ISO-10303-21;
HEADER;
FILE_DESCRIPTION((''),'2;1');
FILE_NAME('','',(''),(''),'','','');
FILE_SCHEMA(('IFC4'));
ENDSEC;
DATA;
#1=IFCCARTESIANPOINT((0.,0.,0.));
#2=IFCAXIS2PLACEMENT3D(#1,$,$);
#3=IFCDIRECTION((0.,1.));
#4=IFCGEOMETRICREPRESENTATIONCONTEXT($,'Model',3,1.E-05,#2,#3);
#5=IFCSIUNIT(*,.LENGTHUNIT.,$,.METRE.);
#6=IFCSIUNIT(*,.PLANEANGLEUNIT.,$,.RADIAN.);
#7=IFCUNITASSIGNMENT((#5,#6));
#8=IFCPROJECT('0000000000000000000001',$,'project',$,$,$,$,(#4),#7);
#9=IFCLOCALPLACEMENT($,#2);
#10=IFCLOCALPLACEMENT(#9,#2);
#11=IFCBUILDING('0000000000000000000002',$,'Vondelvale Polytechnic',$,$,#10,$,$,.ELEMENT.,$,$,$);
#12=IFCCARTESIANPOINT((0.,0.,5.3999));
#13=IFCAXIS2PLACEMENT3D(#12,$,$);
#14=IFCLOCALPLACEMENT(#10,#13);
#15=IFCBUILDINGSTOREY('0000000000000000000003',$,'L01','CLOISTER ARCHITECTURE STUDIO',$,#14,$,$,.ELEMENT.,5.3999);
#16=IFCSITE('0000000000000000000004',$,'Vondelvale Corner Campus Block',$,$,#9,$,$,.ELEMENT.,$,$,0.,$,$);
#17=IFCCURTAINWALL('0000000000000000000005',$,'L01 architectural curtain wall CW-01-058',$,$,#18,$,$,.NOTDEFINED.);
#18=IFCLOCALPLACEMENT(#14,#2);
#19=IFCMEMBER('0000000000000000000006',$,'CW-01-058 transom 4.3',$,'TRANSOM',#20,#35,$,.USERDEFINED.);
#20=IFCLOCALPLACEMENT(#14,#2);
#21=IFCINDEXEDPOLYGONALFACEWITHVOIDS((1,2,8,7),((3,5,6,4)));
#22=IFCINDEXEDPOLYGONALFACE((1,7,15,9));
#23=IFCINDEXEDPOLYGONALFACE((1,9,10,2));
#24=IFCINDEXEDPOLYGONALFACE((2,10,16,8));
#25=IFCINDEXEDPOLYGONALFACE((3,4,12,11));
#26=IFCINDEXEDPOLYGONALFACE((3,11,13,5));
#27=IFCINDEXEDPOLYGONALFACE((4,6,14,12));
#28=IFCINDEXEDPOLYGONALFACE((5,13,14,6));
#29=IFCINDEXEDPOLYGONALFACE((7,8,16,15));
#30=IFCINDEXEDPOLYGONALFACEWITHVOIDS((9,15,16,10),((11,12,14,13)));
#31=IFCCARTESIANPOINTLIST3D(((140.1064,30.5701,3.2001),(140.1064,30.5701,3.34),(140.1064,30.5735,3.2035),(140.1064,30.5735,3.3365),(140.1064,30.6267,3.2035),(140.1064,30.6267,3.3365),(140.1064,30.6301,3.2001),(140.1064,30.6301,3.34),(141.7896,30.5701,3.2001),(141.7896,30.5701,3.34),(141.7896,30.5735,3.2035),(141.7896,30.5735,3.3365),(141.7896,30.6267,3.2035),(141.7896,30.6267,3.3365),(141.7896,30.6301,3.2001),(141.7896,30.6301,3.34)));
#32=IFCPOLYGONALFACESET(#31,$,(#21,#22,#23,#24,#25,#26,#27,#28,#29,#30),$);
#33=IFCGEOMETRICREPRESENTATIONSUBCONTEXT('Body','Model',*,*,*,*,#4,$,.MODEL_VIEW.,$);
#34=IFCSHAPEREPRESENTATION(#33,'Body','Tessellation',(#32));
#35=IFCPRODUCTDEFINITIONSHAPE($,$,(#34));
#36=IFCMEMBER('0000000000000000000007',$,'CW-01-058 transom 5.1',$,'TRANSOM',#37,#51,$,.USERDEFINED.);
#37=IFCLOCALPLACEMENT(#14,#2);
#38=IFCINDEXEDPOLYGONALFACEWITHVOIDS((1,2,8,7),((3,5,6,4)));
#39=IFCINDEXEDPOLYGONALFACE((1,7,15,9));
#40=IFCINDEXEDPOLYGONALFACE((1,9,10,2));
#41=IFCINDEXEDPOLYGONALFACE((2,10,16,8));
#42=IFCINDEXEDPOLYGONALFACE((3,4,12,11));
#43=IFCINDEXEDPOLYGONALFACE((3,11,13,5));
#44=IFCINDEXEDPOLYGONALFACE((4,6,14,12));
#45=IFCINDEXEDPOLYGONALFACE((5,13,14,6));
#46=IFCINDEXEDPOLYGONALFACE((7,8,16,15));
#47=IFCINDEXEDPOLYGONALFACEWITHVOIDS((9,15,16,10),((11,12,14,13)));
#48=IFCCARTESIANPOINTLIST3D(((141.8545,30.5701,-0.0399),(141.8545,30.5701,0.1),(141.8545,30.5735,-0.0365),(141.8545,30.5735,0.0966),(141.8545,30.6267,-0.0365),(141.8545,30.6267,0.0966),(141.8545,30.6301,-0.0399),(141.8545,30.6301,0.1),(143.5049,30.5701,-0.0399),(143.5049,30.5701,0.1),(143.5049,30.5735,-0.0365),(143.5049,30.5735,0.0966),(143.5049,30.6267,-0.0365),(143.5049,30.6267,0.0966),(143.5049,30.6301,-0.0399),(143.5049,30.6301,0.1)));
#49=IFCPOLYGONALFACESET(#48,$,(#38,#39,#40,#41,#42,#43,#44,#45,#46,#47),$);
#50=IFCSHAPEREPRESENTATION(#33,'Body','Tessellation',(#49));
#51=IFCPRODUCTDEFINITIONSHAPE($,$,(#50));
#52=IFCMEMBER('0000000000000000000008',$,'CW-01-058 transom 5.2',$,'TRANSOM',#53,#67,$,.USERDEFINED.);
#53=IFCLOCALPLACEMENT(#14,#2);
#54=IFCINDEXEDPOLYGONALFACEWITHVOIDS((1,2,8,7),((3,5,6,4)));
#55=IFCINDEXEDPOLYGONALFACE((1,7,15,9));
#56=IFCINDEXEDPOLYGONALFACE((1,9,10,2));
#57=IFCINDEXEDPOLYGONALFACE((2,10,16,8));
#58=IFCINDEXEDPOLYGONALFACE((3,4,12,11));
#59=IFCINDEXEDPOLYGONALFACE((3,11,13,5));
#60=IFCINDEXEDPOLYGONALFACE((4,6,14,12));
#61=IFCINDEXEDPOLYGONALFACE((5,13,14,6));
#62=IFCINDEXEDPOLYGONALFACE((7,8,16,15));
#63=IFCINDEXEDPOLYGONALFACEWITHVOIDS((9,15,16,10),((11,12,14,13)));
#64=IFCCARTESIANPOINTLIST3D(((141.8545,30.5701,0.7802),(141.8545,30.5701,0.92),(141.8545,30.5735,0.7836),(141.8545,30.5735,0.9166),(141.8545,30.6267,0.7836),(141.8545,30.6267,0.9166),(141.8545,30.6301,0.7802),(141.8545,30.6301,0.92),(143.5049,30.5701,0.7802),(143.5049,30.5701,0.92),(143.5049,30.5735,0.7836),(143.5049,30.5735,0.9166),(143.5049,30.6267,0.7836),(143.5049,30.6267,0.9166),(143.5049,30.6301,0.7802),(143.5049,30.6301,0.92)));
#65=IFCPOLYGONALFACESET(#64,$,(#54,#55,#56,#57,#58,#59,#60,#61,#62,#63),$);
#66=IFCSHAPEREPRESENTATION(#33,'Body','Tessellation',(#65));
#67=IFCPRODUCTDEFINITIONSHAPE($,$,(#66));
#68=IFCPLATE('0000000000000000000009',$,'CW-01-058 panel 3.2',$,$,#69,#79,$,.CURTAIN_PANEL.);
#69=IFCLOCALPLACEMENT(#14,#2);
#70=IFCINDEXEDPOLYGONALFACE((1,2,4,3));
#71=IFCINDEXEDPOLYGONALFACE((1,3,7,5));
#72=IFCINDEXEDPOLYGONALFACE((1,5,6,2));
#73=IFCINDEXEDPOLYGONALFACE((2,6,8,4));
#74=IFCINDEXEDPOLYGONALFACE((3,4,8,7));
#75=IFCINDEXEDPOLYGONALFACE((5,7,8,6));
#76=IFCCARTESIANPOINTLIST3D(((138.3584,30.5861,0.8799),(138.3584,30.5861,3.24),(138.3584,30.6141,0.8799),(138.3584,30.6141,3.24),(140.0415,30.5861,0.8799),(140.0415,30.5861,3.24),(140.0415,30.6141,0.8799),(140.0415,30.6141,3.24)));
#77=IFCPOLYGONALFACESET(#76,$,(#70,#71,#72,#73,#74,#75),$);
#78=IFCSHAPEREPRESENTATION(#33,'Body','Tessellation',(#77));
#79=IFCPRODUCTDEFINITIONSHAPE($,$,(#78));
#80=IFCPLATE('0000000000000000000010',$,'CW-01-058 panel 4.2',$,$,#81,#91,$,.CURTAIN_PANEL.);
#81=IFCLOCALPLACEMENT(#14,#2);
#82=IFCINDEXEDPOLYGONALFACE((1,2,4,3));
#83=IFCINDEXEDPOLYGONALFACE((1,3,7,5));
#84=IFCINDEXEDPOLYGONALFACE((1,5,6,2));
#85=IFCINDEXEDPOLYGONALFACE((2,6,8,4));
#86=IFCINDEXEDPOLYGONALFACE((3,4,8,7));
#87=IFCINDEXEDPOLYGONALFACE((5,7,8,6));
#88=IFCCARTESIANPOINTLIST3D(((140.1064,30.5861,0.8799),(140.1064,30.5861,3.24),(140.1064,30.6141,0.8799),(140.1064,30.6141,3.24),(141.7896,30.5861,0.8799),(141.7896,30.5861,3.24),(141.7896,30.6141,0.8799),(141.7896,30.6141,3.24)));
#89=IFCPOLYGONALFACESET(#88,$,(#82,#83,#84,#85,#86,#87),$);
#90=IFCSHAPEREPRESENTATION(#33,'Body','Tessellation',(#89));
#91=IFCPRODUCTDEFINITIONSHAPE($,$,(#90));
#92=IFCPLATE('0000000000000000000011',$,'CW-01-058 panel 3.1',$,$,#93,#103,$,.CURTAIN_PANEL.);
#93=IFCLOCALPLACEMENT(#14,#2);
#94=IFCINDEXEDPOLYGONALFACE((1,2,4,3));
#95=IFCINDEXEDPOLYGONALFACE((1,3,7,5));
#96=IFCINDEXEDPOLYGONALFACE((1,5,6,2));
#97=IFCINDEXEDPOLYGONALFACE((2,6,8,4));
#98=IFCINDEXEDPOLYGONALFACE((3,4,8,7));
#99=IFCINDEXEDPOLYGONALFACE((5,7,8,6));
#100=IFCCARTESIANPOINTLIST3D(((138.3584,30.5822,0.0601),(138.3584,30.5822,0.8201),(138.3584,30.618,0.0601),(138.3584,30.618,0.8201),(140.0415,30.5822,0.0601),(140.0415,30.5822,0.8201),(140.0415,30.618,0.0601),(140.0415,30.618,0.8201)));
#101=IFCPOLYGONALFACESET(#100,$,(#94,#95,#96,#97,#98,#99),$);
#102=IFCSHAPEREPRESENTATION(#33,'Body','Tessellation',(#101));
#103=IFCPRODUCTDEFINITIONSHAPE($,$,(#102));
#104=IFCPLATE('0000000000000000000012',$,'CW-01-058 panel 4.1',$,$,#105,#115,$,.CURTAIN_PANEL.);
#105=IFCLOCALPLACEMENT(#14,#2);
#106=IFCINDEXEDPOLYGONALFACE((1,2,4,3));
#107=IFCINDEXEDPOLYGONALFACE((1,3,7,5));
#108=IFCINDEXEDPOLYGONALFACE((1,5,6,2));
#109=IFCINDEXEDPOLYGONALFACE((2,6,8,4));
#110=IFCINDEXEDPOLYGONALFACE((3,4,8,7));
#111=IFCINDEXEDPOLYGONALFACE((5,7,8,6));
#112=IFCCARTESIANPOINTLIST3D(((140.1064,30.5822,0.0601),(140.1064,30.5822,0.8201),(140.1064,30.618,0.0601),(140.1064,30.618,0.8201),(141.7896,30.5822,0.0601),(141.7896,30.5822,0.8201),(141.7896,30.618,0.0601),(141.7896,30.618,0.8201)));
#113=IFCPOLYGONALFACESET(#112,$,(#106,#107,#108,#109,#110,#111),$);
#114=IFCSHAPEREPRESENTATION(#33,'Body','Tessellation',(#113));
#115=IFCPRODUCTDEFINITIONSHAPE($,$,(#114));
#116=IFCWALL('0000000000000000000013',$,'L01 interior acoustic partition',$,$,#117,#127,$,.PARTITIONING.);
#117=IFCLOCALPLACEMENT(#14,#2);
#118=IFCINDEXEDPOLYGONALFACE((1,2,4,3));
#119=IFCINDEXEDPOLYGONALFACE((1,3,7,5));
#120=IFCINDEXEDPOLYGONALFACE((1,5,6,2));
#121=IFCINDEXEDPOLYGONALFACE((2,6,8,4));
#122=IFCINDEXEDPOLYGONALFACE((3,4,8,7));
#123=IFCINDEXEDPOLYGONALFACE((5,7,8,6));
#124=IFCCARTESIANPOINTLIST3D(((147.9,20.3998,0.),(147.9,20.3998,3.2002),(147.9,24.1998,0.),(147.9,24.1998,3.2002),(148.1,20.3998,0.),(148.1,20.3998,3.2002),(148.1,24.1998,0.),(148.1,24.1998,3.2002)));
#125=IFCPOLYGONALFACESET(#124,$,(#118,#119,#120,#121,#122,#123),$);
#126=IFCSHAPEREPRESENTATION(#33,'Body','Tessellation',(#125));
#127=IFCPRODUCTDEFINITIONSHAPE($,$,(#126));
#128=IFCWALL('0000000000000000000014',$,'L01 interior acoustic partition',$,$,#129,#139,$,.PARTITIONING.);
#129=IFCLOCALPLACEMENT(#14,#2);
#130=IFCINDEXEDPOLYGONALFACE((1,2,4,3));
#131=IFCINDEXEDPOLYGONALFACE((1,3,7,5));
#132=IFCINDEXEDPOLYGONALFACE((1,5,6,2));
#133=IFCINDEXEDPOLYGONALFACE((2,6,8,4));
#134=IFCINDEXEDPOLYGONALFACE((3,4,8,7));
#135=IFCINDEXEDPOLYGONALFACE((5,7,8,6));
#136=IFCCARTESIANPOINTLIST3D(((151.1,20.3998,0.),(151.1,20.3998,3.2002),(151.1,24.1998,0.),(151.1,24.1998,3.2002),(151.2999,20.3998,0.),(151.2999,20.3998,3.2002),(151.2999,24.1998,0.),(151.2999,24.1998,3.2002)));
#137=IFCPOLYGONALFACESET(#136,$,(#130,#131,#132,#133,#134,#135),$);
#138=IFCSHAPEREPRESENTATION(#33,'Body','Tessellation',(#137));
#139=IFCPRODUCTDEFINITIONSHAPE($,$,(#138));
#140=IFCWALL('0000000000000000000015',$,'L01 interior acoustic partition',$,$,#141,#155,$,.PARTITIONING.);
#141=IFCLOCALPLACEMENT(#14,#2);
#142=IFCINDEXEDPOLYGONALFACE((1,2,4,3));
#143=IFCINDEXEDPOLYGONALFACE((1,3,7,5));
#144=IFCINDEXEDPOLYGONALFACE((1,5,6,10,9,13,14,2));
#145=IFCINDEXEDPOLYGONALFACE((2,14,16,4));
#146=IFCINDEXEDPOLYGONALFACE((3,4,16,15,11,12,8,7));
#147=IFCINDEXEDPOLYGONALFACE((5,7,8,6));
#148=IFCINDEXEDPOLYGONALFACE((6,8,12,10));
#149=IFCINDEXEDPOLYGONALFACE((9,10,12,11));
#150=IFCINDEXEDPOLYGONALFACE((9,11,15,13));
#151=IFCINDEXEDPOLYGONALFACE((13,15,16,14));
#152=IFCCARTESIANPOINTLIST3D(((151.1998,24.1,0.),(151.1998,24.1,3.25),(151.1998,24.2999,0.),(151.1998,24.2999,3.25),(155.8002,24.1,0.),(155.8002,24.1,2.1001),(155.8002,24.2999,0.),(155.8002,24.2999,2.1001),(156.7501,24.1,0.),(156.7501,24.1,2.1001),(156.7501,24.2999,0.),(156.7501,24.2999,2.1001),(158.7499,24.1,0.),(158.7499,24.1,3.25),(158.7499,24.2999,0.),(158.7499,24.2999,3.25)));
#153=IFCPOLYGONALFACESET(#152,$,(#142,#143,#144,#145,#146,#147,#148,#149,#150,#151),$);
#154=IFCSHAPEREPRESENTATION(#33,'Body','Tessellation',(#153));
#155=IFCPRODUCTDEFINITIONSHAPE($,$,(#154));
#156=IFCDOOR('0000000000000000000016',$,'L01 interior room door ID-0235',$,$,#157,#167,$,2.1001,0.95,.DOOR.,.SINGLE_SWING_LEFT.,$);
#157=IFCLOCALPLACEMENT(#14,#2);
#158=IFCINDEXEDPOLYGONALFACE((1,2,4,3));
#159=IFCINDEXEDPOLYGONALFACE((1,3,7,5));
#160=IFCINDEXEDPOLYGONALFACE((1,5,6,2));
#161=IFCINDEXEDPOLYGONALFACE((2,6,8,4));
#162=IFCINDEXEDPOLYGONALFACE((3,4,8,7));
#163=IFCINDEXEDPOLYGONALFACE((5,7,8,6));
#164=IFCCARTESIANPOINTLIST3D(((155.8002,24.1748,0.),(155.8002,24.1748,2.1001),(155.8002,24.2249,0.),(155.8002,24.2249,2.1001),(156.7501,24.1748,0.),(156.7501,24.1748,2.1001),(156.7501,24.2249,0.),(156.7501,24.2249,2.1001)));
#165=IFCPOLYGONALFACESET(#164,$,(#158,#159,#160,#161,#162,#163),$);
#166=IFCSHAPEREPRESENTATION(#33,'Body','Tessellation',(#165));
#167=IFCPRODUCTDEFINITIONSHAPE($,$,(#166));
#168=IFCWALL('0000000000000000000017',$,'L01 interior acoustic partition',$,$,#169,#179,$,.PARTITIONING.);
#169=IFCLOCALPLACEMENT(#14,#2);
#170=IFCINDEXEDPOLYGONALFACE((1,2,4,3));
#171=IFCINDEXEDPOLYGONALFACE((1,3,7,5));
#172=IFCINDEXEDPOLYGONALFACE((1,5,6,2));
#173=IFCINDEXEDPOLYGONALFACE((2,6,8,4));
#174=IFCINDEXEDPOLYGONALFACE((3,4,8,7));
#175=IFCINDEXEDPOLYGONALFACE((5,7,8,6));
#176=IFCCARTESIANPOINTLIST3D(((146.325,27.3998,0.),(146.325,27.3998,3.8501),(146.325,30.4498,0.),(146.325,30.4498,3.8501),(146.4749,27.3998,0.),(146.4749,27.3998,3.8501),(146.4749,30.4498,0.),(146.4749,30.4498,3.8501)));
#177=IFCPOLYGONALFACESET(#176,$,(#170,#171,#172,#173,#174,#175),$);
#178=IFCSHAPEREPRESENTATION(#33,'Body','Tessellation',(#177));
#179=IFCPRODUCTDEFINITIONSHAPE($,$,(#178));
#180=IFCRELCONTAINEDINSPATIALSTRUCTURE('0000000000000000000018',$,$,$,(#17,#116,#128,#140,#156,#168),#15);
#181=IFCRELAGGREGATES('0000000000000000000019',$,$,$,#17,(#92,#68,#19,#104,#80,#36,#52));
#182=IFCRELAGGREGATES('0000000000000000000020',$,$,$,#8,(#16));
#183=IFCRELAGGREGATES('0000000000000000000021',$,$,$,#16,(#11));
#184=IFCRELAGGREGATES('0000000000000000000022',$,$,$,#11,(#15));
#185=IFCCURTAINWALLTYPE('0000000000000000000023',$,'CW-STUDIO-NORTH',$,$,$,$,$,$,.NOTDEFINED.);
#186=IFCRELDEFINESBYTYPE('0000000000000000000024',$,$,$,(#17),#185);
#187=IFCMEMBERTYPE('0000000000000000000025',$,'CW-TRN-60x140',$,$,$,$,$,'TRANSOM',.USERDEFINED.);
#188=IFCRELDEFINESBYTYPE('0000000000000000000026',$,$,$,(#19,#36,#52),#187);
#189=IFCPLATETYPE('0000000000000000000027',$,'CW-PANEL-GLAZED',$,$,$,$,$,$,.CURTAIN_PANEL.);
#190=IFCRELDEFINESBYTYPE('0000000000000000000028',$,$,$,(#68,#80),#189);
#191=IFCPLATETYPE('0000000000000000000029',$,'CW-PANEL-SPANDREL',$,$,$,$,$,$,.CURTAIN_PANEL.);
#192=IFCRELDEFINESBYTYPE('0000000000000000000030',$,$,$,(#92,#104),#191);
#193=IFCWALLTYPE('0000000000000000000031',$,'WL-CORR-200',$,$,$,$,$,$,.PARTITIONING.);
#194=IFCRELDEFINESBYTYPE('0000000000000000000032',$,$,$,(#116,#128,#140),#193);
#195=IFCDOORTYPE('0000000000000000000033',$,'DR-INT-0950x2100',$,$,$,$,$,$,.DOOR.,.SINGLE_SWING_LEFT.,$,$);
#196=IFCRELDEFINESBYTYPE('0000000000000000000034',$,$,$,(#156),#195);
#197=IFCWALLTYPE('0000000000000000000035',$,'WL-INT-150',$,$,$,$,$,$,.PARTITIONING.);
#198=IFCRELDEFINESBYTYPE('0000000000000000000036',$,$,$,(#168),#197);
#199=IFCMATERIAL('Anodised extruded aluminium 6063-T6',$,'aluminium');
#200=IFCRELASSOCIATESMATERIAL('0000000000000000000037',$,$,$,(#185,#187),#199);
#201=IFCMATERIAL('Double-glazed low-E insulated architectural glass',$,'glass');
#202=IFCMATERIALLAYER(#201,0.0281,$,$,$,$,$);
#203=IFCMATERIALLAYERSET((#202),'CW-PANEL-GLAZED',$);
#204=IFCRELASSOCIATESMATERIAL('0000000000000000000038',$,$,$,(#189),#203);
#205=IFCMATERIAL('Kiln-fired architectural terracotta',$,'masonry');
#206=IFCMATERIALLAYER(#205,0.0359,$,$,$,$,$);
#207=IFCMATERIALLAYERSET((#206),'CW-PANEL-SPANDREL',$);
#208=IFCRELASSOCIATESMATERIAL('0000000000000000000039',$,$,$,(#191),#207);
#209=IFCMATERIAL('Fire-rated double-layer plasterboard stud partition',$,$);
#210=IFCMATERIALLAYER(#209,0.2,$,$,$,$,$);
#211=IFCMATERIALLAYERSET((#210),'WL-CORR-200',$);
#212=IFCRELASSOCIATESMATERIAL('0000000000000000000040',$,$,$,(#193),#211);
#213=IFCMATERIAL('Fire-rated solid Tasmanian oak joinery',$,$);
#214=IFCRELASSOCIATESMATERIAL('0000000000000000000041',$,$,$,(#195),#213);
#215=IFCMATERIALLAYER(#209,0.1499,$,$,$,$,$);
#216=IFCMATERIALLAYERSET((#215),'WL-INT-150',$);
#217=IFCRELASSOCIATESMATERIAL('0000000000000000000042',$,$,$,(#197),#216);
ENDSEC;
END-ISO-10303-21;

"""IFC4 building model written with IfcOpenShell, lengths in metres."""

from ifc_helpers import new_model, si_unit, direction, frame, frame_2d, origin, origin_2d, place, context, subcontext, project, spatial, rectangle, hollow_rectangle, extrude, material, layer, layer_set, material_profile, profile_set, type_object, element, fill, aggregate, save


model = new_model("IFC4")

# Units and contexts
model_context = context("Model", 3, precision=1e-05, world=origin(), true_north=direction((0.0, 1.0)))
body_context = subcontext(model_context, "Body", "Model", "MODEL_VIEW")
ifc_project = project(units=[si_unit("LENGTHUNIT", "METRE"), si_unit("PLANEANGLEUNIT", "RADIAN")], contexts=[model_context])

# Site, building, storey
site_placement = place(None, origin())
site = spatial("IfcSite", under=ifc_project, at=site_placement, Name="Vondelvale Corner Campus Block", CompositionType="ELEMENT", RefElevation=0.0)
building_placement = place(site_placement, origin())
building = spatial("IfcBuilding", under=site, at=building_placement, Name="Vondelvale Polytechnic", CompositionType="ELEMENT")
storey_placement = place(building_placement, frame((0.0, 0.0, 5.3999)))
storey = spatial("IfcBuildingStorey", under=building, at=storey_placement, Name="L01", Description="CLOISTER ARCHITECTURE STUDIO", CompositionType="ELEMENT", Elevation=5.3999)

# Curtain wall, members, plates
ifc_material_1 = material(Name="Anodised extruded aluminium 6063-T6", Category="aluminium")
curtain_wall_type = type_object("IfcCurtainWallType", Name="CW-STUDIO-NORTH", PredefinedType="NOTDEFINED", material=ifc_material_1)
curtain_wall_placement = place(storey_placement, origin())
curtain_wall = element("IfcCurtainWall", 1, at=curtain_wall_placement, inside=storey, type_object=curtain_wall_type, Name="L01 architectural curtain wall CW-01-058", PredefinedType="NOTDEFINED")
ifc_material_profile_1 = material_profile(ifc_material_1, hollow_rectangle(XDim=0.0601, YDim=0.1399, WallThickness=0.0034, at=origin_2d()), Name="CW-TRN-140x60")
ifc_profile_set_1 = profile_set([ifc_material_profile_1], Name="Anodised extruded aluminium 6063-T6")
member_type_1 = type_object("IfcMemberType", Name="CW-TRN-60x140", ElementType="TRANSOM", PredefinedType="USERDEFINED", material=ifc_profile_set_1)
member_1_placement = place(storey_placement, frame((140.1064, 30.6001, 3.27), z_axis=(1.0, 0.0, 0.0), x_axis=(0.0, 1.0, 0.0)))
member_1 = element("IfcMember", 2, at=member_1_placement, type_object=member_type_1, Name="CW-01-058 transom 4.3", ObjectType="TRANSOM", PredefinedType="USERDEFINED", context=body_context, shape_type="SweptSolid", body=[
    extrude(hollow_rectangle(XDim=0.0601, YDim=0.1399, WallThickness=0.0034, at=origin_2d()), origin(), (0.0, 0.0, 1.0), 1.6831),
])
member_2_placement = place(storey_placement, frame((141.8545, 30.6001, 0.03), z_axis=(1.0, 0.0, 0.0), x_axis=(0.0, 1.0, 0.0)))
member_2 = element("IfcMember", 3, at=member_2_placement, type_object=member_type_1, Name="CW-01-058 transom 5.1", ObjectType="TRANSOM", PredefinedType="USERDEFINED", context=body_context, shape_type="SweptSolid", body=[
    extrude(hollow_rectangle(XDim=0.0601, YDim=0.1399, WallThickness=0.0034, at=origin_2d()), origin(), (0.0, 0.0, 1.0), 1.6504),
])
member_3_placement = place(storey_placement, frame((141.8545, 30.6001, 0.8501), z_axis=(1.0, 0.0, 0.0), x_axis=(0.0, 1.0, 0.0)))
member_3 = element("IfcMember", 4, at=member_3_placement, type_object=member_type_1, Name="CW-01-058 transom 5.2", ObjectType="TRANSOM", PredefinedType="USERDEFINED", context=body_context, shape_type="SweptSolid", body=[
    extrude(hollow_rectangle(XDim=0.0601, YDim=0.1399, WallThickness=0.0034, at=origin_2d()), origin(), (0.0, 0.0, 1.0), 1.6504),
])
ifc_material_2 = material(Name="Double-glazed low-E insulated architectural glass", Category="glass")
ifc_layer_1 = layer(ifc_material_2, 0.0281)
ifc_layer_set_1 = layer_set([ifc_layer_1], Name="CW-PANEL-GLAZED")
plate_type_1 = type_object("IfcPlateType", Name="CW-PANEL-GLAZED", PredefinedType="CURTAIN_PANEL", material=ifc_layer_set_1)
plate_1_placement = place(storey_placement, frame((139.2, 30.6001, 0.8799), z_axis=(0.0, 0.0, 1.0), x_axis=(1.0, 0.0, 0.0)))
plate_1 = element("IfcPlate", 5, at=plate_1_placement, type_object=plate_type_1, Name="CW-01-058 panel 3.2", PredefinedType="CURTAIN_PANEL", context=body_context, shape_type="SweptSolid", body=[
    extrude(rectangle(XDim=1.6831, YDim=0.0281, at=origin_2d()), origin(), (0.0, 0.0, 1.0), 2.3601),
])
plate_2_placement = place(storey_placement, frame((140.948, 30.6001, 0.8799), z_axis=(0.0, 0.0, 1.0), x_axis=(1.0, 0.0, 0.0)))
plate_2 = element("IfcPlate", 6, at=plate_2_placement, type_object=plate_type_1, Name="CW-01-058 panel 4.2", PredefinedType="CURTAIN_PANEL", context=body_context, shape_type="SweptSolid", body=[
    extrude(rectangle(XDim=1.6831, YDim=0.0281, at=origin_2d()), origin(), (0.0, 0.0, 1.0), 2.3601),
])
ifc_material_3 = material(Name="Kiln-fired architectural terracotta", Category="masonry")
ifc_layer_2 = layer(ifc_material_3, 0.0359)
ifc_layer_set_2 = layer_set([ifc_layer_2], Name="CW-PANEL-SPANDREL")
plate_type_2 = type_object("IfcPlateType", Name="CW-PANEL-SPANDREL", PredefinedType="CURTAIN_PANEL", material=ifc_layer_set_2)
plate_3_placement = place(storey_placement, frame((139.2, 30.6001, 0.0601), z_axis=(0.0, 0.0, 1.0), x_axis=(1.0, 0.0, 0.0)))
plate_3 = element("IfcPlate", 7, at=plate_3_placement, type_object=plate_type_2, Name="CW-01-058 panel 3.1", PredefinedType="CURTAIN_PANEL", context=body_context, shape_type="SweptSolid", body=[
    extrude(rectangle(XDim=1.6831, YDim=0.0359, at=origin_2d()), origin(), (0.0, 0.0, 1.0), 0.76),
])
plate_4_placement = place(storey_placement, frame((140.948, 30.6001, 0.0601), z_axis=(0.0, 0.0, 1.0), x_axis=(1.0, 0.0, 0.0)))
plate_4 = element("IfcPlate", 8, at=plate_4_placement, type_object=plate_type_2, Name="CW-01-058 panel 4.1", PredefinedType="CURTAIN_PANEL", context=body_context, shape_type="SweptSolid", body=[
    extrude(rectangle(XDim=1.6831, YDim=0.0359, at=origin_2d()), origin(), (0.0, 0.0, 1.0), 0.76),
])
aggregate(curtain_wall, [plate_3, plate_1, member_1, plate_4, plate_2, member_2, member_3])

# Walls
ifc_material_4 = material(Name="Fire-rated double-layer plasterboard stud partition")
ifc_layer_3 = layer(ifc_material_4, 0.2)
ifc_layer_set_3 = layer_set([ifc_layer_3], Name="WL-CORR-200")
wall_type_1 = type_object("IfcWallType", Name="WL-CORR-200", PredefinedType="PARTITIONING", material=ifc_layer_set_3)
for number, where, z_axis, x_axis, name in (
    (9, (148.0, 20.3999, 0.0), (0.0, 0.0, 1.0), (0.0, 1.0, 0.0), "L01 interior acoustic partition"),
    (10, (151.2, 20.3999, 0.0), (0.0, 0.0, 1.0), (0.0, 1.0, 0.0), "L01 interior acoustic partition"),
):
    element("IfcWall", number, at=place(storey_placement, frame(where, z_axis=z_axis, x_axis=x_axis)), inside=storey, type_object=wall_type_1, Name=name, PredefinedType="PARTITIONING", context=body_context, shape_type="SweptSolid", body=[
        extrude(rectangle(XDim=3.8, YDim=0.2, at=frame_2d((1.8999, 0.0))), origin(), (0.0, 0.0, 1.0), 3.2002),
    ])

# Wall, opening, door
wall_1_placement = place(storey_placement, frame((151.2, 24.2, 0.0), z_axis=(0.0, 0.0, 1.0), x_axis=(1.0, 0.0, 0.0)))
wall_1 = element("IfcWall", 11, at=wall_1_placement, inside=storey, type_object=wall_type_1, Name="L01 interior acoustic partition", PredefinedType="PARTITIONING", context=body_context, shape_type="SweptSolid", body=[
    extrude(rectangle(XDim=7.55, YDim=0.2, at=frame_2d((3.7749, 0.0))), origin(), (0.0, 0.0, 1.0), 3.25),
])
opening_placement = place(wall_1_placement, frame((4.6001, 0.0, 0.0)))
opening = element("IfcOpeningElement", 12, at=opening_placement, cuts=wall_1, PredefinedType="OPENING", context=body_context, shape_type="SweptSolid", body=[
    extrude(rectangle(XDim=0.95, YDim=2.1001, at=frame_2d((0.4751, 1.05))), frame((0.0, 0.1099, 0.0), z_axis=(0.0, -1.0, 0.0), x_axis=(1.0, 0.0, 0.0)), (0.0, 0.0, 1.0), 0.22),
])
ifc_material_5 = material(Name="Fire-rated solid Tasmanian oak joinery")
door_type = type_object("IfcDoorType", Name="DR-INT-0950x2100", OperationType="SINGLE_SWING_LEFT", PredefinedType="DOOR", material=ifc_material_5)
door_placement = place(opening_placement, origin())
door = element("IfcDoor", 13, at=door_placement, inside=storey, type_object=door_type, Name="L01 interior room door ID-0235", OperationType="SINGLE_SWING_LEFT", OverallHeight=2.1001, OverallWidth=0.95, PredefinedType="DOOR", context=body_context, shape_type="SweptSolid", body=[
    extrude(rectangle(XDim=0.95, YDim=2.1001, at=frame_2d((0.4751, 1.05))), frame((0.0, 0.0249, 0.0), z_axis=(0.0, -1.0, 0.0), x_axis=(1.0, 0.0, 0.0)), (0.0, 0.0, 1.0), 0.05),
])
fill(opening, door)

# Wall
ifc_layer_4 = layer(ifc_material_4, 0.1499)
ifc_layer_set_4 = layer_set([ifc_layer_4], Name="WL-INT-150")
wall_type_2 = type_object("IfcWallType", Name="WL-INT-150", PredefinedType="PARTITIONING", material=ifc_layer_set_4)
wall_2_placement = place(storey_placement, frame((146.3999, 27.3999, 0.0), z_axis=(0.0, 0.0, 1.0), x_axis=(0.0, 1.0, 0.0)))
element("IfcWall", 14, at=wall_2_placement, inside=storey, type_object=wall_type_2, Name="L01 interior acoustic partition", PredefinedType="PARTITIONING", context=body_context, shape_type="SweptSolid", body=[
    extrude(rectangle(XDim=3.05, YDim=0.1499, at=frame_2d((1.5249, 0.0))), origin(), (0.0, 0.0, 1.0), 3.8501),
])

save(model, "model.ifc")
